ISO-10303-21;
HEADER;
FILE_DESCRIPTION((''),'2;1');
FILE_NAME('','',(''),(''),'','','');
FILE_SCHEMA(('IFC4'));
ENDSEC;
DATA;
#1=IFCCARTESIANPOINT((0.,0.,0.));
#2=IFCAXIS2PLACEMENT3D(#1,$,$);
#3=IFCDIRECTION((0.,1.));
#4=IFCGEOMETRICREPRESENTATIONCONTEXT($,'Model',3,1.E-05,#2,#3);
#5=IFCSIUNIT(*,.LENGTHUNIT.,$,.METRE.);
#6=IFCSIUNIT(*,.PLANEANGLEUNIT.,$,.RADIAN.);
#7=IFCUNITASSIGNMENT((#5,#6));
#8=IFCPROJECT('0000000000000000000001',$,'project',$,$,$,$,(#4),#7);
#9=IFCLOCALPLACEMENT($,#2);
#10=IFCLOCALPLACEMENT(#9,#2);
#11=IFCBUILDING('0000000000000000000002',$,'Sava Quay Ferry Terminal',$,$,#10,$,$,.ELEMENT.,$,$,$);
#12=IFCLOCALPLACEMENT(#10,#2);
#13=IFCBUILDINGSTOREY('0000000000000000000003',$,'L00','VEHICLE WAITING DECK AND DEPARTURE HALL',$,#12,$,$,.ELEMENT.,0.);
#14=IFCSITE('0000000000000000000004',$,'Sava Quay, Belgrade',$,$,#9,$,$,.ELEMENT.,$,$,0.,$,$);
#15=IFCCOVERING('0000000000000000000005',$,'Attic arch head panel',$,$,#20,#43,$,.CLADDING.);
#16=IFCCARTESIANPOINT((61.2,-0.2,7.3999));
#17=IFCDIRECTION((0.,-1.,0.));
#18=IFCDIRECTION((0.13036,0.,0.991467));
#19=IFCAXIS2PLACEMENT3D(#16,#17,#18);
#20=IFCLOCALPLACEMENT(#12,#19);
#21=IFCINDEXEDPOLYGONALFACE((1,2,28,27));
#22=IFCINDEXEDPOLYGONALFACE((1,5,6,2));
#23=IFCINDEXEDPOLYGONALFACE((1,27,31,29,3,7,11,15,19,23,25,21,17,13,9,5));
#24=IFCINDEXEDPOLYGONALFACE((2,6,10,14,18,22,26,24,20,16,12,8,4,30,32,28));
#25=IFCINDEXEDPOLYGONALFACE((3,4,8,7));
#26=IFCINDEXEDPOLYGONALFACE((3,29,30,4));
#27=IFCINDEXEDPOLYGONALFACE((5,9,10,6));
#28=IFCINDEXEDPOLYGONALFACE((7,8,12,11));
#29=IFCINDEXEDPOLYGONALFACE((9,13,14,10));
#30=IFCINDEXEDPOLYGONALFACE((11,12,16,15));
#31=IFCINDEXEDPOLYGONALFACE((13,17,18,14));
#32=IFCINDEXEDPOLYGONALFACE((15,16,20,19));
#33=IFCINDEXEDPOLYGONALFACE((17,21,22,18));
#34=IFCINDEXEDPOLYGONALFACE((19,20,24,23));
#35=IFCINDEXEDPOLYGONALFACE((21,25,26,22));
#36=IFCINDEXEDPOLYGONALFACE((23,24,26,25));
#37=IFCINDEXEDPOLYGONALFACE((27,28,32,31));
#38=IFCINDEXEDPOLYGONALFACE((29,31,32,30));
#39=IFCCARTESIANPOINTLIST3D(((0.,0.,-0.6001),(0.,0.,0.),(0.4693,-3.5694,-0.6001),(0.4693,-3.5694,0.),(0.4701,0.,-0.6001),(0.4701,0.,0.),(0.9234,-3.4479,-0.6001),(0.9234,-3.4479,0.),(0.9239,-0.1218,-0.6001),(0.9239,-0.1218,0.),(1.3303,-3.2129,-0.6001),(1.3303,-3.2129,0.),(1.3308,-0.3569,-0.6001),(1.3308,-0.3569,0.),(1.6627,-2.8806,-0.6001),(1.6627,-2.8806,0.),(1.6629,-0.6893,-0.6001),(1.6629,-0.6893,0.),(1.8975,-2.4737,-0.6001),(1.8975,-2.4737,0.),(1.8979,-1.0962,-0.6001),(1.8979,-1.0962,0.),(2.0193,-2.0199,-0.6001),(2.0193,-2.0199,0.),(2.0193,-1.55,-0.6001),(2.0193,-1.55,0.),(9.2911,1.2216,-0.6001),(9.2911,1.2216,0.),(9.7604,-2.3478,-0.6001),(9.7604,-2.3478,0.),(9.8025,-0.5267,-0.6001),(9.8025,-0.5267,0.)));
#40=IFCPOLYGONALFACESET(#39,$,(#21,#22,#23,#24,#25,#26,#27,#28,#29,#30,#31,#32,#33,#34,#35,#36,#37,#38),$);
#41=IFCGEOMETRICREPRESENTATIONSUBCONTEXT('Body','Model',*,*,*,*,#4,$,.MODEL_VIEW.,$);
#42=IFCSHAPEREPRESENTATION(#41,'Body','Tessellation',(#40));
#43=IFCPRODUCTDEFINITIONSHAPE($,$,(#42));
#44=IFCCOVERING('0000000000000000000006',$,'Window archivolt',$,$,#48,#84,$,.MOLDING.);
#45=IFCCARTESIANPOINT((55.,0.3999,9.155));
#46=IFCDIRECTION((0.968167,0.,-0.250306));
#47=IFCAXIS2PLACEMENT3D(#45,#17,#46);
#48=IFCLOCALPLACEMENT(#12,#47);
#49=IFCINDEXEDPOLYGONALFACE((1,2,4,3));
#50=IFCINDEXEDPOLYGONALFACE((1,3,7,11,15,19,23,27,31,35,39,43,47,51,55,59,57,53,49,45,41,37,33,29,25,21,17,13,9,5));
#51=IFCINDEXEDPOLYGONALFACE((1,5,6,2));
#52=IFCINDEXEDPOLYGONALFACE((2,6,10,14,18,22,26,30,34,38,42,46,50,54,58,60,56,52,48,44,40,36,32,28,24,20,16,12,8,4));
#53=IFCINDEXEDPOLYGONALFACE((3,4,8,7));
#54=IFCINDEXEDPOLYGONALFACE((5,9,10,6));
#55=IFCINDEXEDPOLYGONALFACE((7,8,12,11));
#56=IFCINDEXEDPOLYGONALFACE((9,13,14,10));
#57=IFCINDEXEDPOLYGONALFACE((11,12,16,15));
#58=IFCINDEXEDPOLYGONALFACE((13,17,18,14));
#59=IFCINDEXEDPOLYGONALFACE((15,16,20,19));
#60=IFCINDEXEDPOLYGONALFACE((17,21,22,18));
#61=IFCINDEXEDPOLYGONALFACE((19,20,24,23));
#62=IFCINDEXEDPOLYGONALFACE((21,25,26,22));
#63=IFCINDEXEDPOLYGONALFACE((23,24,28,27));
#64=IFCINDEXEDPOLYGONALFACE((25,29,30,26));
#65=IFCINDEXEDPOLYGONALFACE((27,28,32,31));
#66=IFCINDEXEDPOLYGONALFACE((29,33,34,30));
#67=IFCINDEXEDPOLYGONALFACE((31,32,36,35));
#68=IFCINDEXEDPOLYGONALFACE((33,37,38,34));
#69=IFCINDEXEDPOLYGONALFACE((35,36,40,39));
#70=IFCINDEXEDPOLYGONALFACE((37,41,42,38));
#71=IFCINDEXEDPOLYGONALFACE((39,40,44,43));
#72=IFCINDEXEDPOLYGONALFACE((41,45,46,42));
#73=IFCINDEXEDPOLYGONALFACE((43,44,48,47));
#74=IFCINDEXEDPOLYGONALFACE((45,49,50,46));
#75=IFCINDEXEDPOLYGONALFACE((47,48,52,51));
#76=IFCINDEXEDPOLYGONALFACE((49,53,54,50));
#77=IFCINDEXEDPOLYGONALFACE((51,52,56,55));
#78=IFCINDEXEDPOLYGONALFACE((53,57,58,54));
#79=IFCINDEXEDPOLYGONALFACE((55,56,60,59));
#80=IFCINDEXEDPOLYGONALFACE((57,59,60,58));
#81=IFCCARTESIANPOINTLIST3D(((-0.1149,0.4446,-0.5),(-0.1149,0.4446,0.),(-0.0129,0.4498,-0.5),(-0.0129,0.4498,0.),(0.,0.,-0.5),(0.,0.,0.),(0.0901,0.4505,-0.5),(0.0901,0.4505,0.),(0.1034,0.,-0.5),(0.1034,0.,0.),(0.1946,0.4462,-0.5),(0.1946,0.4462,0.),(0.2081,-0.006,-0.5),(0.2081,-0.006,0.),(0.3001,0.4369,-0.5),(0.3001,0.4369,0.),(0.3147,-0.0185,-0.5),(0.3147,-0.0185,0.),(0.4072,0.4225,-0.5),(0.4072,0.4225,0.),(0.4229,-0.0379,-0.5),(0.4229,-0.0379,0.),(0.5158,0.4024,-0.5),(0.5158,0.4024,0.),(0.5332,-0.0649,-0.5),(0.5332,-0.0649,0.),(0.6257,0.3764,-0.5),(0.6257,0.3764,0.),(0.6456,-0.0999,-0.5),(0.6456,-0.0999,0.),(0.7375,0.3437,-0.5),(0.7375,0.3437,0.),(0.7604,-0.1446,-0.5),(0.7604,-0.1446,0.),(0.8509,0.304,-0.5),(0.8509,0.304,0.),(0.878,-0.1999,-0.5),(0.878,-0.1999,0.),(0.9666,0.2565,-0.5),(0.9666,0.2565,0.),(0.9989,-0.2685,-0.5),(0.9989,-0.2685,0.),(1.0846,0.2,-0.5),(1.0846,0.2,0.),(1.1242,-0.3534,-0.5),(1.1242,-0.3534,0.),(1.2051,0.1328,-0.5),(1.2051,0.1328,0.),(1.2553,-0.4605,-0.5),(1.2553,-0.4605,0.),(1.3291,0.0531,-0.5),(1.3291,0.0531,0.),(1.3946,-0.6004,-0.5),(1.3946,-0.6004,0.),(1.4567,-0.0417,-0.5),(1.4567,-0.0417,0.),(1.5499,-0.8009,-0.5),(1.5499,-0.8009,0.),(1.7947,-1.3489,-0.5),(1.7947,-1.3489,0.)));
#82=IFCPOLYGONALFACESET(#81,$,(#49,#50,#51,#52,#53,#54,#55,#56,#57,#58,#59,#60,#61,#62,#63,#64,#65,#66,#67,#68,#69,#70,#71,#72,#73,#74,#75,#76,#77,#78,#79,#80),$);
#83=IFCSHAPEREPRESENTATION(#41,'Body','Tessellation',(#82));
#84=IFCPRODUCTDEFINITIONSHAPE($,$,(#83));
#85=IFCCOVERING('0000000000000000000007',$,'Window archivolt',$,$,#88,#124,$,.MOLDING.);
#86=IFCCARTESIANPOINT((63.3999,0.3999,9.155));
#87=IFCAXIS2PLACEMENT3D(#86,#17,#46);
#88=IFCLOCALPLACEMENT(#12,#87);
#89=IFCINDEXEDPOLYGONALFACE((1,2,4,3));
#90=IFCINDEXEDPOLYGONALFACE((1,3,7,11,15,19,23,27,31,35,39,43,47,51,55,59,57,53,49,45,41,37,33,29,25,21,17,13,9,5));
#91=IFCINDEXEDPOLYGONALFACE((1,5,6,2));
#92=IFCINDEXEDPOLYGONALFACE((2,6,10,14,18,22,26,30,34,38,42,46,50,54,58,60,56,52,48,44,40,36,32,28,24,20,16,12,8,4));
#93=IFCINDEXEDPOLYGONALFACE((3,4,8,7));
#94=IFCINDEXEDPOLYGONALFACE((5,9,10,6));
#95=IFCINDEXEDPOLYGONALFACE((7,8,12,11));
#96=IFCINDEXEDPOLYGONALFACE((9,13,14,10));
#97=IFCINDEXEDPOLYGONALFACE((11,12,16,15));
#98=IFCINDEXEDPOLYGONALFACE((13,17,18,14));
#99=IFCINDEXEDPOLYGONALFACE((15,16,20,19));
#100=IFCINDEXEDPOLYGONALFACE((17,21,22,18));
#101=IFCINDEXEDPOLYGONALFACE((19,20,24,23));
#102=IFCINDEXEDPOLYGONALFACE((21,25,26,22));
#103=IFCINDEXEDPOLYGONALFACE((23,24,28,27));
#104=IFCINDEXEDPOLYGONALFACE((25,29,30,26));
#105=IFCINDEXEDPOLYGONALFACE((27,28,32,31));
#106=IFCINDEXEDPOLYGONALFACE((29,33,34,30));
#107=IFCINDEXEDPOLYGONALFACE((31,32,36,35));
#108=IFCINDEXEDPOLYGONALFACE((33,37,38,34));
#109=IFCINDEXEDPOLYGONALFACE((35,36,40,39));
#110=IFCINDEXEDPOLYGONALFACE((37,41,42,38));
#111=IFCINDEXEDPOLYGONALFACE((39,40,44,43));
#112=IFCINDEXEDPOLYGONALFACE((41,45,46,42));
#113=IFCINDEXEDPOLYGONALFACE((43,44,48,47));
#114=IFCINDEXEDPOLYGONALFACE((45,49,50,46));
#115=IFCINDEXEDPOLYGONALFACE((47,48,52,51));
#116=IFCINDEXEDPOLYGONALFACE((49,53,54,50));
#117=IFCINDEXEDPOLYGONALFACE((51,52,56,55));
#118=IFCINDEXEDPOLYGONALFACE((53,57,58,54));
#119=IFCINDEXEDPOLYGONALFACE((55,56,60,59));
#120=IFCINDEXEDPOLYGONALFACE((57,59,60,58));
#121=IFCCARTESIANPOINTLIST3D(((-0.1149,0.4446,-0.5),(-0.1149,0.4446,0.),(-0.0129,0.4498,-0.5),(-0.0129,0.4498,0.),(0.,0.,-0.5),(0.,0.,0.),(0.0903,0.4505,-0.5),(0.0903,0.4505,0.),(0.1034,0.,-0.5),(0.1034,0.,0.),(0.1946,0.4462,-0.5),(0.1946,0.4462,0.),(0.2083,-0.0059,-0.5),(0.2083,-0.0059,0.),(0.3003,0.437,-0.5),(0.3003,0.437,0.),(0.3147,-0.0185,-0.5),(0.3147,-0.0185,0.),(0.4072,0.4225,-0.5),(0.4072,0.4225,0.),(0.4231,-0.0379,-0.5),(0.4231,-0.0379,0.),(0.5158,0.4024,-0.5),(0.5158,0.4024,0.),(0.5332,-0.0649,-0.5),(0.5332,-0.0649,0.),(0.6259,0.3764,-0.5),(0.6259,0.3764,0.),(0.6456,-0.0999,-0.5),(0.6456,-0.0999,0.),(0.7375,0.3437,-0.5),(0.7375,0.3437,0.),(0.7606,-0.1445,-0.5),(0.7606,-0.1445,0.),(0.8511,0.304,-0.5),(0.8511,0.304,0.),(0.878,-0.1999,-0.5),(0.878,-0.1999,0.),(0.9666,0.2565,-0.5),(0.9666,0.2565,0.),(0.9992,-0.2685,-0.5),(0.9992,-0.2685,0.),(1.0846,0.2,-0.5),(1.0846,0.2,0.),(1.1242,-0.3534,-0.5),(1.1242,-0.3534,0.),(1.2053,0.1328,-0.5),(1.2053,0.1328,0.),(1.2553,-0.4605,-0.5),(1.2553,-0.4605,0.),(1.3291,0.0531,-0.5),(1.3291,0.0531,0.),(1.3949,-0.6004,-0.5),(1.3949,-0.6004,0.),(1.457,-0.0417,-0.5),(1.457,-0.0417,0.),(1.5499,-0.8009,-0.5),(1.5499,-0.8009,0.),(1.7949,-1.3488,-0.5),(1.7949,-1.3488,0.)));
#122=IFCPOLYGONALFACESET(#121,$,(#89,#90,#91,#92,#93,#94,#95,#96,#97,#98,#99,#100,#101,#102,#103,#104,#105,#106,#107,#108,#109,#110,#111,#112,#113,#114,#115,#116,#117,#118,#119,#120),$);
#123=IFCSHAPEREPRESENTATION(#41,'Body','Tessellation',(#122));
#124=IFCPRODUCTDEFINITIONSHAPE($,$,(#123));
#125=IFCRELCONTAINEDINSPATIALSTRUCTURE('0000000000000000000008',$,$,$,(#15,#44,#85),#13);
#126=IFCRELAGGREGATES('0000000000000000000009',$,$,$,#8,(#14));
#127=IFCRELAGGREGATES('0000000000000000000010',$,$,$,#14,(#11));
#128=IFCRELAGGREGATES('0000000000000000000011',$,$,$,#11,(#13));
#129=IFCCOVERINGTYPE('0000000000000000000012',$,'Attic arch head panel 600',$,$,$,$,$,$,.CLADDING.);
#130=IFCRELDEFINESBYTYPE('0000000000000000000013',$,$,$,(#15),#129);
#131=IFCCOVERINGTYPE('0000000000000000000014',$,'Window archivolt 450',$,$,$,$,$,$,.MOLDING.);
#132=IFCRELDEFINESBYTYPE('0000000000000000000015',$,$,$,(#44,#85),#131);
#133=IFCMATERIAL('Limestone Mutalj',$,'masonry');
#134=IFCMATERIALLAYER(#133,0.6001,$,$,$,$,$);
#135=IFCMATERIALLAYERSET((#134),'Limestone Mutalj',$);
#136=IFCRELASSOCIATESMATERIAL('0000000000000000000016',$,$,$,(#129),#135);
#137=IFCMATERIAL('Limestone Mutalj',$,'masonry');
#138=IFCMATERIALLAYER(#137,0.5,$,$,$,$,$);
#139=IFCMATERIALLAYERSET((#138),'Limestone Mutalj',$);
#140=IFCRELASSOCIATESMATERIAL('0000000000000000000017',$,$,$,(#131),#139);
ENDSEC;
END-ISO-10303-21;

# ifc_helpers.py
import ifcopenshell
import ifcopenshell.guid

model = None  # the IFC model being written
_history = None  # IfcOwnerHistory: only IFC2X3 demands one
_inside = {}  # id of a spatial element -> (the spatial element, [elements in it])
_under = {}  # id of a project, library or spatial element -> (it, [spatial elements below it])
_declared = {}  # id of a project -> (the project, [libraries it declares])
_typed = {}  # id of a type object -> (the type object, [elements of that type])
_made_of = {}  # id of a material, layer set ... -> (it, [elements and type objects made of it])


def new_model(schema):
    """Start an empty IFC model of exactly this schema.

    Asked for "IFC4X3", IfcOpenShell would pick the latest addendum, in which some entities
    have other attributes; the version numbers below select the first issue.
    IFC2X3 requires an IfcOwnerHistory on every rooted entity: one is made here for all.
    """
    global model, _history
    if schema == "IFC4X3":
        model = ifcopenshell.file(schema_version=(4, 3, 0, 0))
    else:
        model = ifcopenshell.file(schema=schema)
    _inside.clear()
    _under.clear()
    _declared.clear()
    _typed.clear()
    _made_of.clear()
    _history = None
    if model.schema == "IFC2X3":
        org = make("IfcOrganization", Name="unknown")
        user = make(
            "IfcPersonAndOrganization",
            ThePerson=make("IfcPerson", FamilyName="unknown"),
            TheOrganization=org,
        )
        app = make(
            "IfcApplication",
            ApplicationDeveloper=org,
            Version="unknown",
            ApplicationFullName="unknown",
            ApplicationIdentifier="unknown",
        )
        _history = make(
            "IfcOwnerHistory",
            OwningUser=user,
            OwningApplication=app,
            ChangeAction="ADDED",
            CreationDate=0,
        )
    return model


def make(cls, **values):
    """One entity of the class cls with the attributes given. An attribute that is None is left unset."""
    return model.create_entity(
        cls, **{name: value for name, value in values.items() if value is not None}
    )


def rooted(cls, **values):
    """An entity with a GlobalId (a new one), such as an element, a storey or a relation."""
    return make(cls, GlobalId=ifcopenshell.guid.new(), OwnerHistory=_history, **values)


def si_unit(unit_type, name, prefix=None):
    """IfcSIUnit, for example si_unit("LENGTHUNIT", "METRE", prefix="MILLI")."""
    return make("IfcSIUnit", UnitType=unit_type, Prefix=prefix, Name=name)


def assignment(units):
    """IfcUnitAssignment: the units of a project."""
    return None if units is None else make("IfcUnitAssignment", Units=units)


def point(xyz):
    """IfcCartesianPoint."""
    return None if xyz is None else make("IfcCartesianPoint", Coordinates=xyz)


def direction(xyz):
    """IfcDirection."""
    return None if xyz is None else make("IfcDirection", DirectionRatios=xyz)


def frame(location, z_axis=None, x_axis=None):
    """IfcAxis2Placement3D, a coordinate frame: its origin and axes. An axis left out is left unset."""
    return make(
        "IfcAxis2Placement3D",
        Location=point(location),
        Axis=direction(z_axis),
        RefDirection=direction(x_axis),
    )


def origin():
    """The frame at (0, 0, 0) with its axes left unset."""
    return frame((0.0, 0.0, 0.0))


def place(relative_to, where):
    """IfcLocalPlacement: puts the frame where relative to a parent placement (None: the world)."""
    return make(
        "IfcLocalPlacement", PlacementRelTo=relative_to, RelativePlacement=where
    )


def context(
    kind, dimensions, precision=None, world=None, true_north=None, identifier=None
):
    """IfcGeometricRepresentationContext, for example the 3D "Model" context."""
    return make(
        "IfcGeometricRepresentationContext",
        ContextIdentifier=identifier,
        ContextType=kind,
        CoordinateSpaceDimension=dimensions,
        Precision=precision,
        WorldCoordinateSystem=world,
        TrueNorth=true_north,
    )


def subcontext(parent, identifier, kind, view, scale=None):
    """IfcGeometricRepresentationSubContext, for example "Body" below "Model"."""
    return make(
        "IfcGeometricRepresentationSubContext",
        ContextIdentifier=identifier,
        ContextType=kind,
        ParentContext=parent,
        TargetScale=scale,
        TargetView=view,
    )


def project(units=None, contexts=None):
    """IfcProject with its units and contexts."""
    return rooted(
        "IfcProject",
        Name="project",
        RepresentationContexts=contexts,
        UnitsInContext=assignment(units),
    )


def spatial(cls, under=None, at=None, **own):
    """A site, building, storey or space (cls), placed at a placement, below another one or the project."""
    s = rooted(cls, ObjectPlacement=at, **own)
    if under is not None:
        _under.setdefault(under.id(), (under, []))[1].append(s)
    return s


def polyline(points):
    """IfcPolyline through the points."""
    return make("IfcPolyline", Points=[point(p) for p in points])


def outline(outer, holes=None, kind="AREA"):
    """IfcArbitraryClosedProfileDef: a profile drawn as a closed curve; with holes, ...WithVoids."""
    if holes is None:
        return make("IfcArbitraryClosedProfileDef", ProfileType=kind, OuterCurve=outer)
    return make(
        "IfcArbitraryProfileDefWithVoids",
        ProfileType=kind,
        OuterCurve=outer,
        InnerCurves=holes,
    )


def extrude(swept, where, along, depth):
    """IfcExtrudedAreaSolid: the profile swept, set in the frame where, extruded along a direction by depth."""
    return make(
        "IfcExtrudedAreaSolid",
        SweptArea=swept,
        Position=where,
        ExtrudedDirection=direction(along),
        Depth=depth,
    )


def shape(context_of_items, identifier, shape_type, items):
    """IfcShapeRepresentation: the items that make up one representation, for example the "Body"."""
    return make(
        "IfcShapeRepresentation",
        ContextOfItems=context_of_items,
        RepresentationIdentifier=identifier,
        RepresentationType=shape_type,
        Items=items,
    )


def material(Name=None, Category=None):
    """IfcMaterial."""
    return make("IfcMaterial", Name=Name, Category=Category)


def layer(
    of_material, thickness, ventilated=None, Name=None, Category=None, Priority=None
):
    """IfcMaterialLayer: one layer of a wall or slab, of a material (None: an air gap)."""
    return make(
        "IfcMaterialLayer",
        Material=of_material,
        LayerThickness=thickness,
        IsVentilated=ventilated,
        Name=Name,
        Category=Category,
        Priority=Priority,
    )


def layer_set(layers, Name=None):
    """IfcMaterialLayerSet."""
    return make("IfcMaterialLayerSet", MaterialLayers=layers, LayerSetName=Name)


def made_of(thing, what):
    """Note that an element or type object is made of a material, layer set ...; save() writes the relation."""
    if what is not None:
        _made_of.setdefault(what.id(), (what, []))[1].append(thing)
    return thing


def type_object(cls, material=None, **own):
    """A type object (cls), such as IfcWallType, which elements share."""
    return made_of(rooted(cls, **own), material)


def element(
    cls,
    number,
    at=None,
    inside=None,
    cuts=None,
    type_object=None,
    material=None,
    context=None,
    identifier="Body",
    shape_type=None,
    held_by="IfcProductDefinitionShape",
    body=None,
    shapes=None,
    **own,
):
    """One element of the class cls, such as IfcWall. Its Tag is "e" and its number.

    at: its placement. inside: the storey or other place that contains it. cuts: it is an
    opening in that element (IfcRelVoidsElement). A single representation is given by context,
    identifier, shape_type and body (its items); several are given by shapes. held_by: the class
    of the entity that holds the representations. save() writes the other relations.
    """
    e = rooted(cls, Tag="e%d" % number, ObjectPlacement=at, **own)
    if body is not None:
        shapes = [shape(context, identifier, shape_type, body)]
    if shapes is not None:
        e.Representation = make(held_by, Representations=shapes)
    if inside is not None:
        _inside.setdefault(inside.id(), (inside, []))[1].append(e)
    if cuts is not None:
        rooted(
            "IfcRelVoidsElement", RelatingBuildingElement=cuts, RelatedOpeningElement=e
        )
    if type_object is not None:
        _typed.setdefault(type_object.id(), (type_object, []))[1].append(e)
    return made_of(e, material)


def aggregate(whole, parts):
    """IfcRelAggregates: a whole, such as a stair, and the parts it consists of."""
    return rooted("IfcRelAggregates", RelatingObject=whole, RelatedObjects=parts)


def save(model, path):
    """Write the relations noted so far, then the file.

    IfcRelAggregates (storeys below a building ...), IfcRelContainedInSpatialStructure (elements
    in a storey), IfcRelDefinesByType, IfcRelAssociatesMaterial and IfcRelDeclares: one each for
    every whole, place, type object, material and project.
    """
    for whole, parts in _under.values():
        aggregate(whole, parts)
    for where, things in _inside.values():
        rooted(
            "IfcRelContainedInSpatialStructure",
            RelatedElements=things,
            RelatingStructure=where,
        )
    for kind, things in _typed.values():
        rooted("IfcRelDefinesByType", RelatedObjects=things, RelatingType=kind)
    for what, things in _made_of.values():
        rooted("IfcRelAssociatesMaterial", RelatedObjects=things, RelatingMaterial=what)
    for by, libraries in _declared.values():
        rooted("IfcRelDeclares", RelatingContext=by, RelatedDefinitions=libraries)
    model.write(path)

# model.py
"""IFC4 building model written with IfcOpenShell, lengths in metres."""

from ifc_helpers import new_model, si_unit, direction, frame, origin, place, context, subcontext, project, spatial, polyline, outline, extrude, material, layer, layer_set, type_object, element, save


model = new_model("IFC4")

# Units and contexts
model_context = context("Model", 3, precision=1e-05, world=origin(), true_north=direction((0.0, 1.0)))
body_context = subcontext(model_context, "Body", "Model", "MODEL_VIEW")
ifc_project = project(units=[si_unit("LENGTHUNIT", "METRE"), si_unit("PLANEANGLEUNIT", "RADIAN")], contexts=[model_context])

# Site, building, storey
site_placement = place(None, origin())
site = spatial("IfcSite", under=ifc_project, at=site_placement, Name="Sava Quay, Belgrade", CompositionType="ELEMENT", RefElevation=0.0)
building_placement = place(site_placement, origin())
building = spatial("IfcBuilding", under=site, at=building_placement, Name="Sava Quay Ferry Terminal", CompositionType="ELEMENT")
storey_placement = place(building_placement, origin())
storey = spatial("IfcBuildingStorey", under=building, at=storey_placement, Name="L00", Description="VEHICLE WAITING DECK AND DEPARTURE HALL", CompositionType="ELEMENT", Elevation=0.0)

# Coverings
ifc_material_1 = material(Name="Limestone Mutalj", Category="masonry")
ifc_layer_1 = layer(ifc_material_1, 0.6001)
ifc_layer_set_1 = layer_set([ifc_layer_1], Name="Limestone Mutalj")
covering_type_1 = type_object("IfcCoveringType", Name="Attic arch head panel 600", PredefinedType="CLADDING", material=ifc_layer_set_1)
covering_1_placement = place(storey_placement, frame((61.2, -0.2, 7.3999), z_axis=(0.0, -1.0, 0.0), x_axis=(0.13036, 0.0, 0.991467)))
element("IfcCovering", 1, at=covering_1_placement, inside=storey, type_object=covering_type_1, Name="Attic arch head panel", PredefinedType="CLADDING", context=body_context, shape_type="SweptSolid", body=[
    extrude(outline(polyline([(0.0, 0.0), (0.4701, 0.0), (0.9239, -0.1218), (1.3308, -0.3569), (1.6629, -0.6893), (1.8979, -1.0962), (2.0193, -1.55), (2.0193, -2.0199), (1.8975, -2.4737), (1.6627, -2.8806), (1.3303, -3.2129), (0.9234, -3.4479), (0.4693, -3.5694), (9.7604, -2.3478), (9.8025, -0.5267), (9.2911, 1.2216), (0.0, 0.0)])), origin(), (0.0, 0.0, -1.0), 0.6001),
])
ifc_material_2 = material(Name="Limestone Mutalj", Category="masonry")
ifc_layer_2 = layer(ifc_material_2, 0.5)
ifc_layer_set_2 = layer_set([ifc_layer_2], Name="Limestone Mutalj")
covering_type_2 = type_object("IfcCoveringType", Name="Window archivolt 450", PredefinedType="MOLDING", material=ifc_layer_set_2)
covering_2_placement = place(storey_placement, frame((55.0, 0.3999, 9.155), z_axis=(0.0, -1.0, 0.0), x_axis=(0.968167, 0.0, -0.250306)))
element("IfcCovering", 2, at=covering_2_placement, inside=storey, type_object=covering_type_2, Name="Window archivolt", PredefinedType="MOLDING", context=body_context, shape_type="SweptSolid", body=[
    extrude(outline(polyline([(0.0, 0.0), (0.1034, 0.0), (0.2081, -0.006), (0.3147, -0.0185), (0.4229, -0.0379), (0.5332, -0.0649), (0.6456, -0.0999), (0.7604, -0.1446), (0.878, -0.1999), (0.9989, -0.2685), (1.1242, -0.3534), (1.2553, -0.4605), (1.3946, -0.6004), (1.5499, -0.8009), (1.7947, -1.3489), (1.4567, -0.0417), (1.3291, 0.0531), (1.2051, 0.1328), (1.0846, 0.2), (0.9666, 0.2565), (0.8509, 0.304), (0.7375, 0.3437), (0.6257, 0.3764), (0.5158, 0.4024), (0.4072, 0.4225), (0.3001, 0.4369), (0.1946, 0.4462), (0.0901, 0.4505), (-0.0129, 0.4498), (-0.1149, 0.4446), (0.0, 0.0)])), origin(), (0.0, 0.0, -1.0), 0.5),
])
covering_3_placement = place(storey_placement, frame((63.3999, 0.3999, 9.155), z_axis=(0.0, -1.0, 0.0), x_axis=(0.968167, 0.0, -0.250306)))
element("IfcCovering", 3, at=covering_3_placement, inside=storey, type_object=covering_type_2, Name="Window archivolt", PredefinedType="MOLDING", context=body_context, shape_type="SweptSolid", body=[
    extrude(outline(polyline([(0.0, 0.0), (0.1034, 0.0), (0.2083, -0.0059), (0.3147, -0.0185), (0.4231, -0.0379), (0.5332, -0.0649), (0.6456, -0.0999), (0.7606, -0.1445), (0.878, -0.1999), (0.9992, -0.2685), (1.1242, -0.3534), (1.2553, -0.4605), (1.3949, -0.6004), (1.5499, -0.8009), (1.7949, -1.3488), (1.457, -0.0417), (1.3291, 0.0531), (1.2053, 0.1328), (1.0846, 0.2), (0.9666, 0.2565), (0.8511, 0.304), (0.7375, 0.3437), (0.6259, 0.3764), (0.5158, 0.4024), (0.4072, 0.4225), (0.3003, 0.437), (0.1946, 0.4462), (0.0903, 0.4505), (-0.0129, 0.4498), (-0.1149, 0.4446), (0.0, 0.0)])), origin(), (0.0, 0.0, -1.0), 0.5),
])

save(model, "model.ifc")
